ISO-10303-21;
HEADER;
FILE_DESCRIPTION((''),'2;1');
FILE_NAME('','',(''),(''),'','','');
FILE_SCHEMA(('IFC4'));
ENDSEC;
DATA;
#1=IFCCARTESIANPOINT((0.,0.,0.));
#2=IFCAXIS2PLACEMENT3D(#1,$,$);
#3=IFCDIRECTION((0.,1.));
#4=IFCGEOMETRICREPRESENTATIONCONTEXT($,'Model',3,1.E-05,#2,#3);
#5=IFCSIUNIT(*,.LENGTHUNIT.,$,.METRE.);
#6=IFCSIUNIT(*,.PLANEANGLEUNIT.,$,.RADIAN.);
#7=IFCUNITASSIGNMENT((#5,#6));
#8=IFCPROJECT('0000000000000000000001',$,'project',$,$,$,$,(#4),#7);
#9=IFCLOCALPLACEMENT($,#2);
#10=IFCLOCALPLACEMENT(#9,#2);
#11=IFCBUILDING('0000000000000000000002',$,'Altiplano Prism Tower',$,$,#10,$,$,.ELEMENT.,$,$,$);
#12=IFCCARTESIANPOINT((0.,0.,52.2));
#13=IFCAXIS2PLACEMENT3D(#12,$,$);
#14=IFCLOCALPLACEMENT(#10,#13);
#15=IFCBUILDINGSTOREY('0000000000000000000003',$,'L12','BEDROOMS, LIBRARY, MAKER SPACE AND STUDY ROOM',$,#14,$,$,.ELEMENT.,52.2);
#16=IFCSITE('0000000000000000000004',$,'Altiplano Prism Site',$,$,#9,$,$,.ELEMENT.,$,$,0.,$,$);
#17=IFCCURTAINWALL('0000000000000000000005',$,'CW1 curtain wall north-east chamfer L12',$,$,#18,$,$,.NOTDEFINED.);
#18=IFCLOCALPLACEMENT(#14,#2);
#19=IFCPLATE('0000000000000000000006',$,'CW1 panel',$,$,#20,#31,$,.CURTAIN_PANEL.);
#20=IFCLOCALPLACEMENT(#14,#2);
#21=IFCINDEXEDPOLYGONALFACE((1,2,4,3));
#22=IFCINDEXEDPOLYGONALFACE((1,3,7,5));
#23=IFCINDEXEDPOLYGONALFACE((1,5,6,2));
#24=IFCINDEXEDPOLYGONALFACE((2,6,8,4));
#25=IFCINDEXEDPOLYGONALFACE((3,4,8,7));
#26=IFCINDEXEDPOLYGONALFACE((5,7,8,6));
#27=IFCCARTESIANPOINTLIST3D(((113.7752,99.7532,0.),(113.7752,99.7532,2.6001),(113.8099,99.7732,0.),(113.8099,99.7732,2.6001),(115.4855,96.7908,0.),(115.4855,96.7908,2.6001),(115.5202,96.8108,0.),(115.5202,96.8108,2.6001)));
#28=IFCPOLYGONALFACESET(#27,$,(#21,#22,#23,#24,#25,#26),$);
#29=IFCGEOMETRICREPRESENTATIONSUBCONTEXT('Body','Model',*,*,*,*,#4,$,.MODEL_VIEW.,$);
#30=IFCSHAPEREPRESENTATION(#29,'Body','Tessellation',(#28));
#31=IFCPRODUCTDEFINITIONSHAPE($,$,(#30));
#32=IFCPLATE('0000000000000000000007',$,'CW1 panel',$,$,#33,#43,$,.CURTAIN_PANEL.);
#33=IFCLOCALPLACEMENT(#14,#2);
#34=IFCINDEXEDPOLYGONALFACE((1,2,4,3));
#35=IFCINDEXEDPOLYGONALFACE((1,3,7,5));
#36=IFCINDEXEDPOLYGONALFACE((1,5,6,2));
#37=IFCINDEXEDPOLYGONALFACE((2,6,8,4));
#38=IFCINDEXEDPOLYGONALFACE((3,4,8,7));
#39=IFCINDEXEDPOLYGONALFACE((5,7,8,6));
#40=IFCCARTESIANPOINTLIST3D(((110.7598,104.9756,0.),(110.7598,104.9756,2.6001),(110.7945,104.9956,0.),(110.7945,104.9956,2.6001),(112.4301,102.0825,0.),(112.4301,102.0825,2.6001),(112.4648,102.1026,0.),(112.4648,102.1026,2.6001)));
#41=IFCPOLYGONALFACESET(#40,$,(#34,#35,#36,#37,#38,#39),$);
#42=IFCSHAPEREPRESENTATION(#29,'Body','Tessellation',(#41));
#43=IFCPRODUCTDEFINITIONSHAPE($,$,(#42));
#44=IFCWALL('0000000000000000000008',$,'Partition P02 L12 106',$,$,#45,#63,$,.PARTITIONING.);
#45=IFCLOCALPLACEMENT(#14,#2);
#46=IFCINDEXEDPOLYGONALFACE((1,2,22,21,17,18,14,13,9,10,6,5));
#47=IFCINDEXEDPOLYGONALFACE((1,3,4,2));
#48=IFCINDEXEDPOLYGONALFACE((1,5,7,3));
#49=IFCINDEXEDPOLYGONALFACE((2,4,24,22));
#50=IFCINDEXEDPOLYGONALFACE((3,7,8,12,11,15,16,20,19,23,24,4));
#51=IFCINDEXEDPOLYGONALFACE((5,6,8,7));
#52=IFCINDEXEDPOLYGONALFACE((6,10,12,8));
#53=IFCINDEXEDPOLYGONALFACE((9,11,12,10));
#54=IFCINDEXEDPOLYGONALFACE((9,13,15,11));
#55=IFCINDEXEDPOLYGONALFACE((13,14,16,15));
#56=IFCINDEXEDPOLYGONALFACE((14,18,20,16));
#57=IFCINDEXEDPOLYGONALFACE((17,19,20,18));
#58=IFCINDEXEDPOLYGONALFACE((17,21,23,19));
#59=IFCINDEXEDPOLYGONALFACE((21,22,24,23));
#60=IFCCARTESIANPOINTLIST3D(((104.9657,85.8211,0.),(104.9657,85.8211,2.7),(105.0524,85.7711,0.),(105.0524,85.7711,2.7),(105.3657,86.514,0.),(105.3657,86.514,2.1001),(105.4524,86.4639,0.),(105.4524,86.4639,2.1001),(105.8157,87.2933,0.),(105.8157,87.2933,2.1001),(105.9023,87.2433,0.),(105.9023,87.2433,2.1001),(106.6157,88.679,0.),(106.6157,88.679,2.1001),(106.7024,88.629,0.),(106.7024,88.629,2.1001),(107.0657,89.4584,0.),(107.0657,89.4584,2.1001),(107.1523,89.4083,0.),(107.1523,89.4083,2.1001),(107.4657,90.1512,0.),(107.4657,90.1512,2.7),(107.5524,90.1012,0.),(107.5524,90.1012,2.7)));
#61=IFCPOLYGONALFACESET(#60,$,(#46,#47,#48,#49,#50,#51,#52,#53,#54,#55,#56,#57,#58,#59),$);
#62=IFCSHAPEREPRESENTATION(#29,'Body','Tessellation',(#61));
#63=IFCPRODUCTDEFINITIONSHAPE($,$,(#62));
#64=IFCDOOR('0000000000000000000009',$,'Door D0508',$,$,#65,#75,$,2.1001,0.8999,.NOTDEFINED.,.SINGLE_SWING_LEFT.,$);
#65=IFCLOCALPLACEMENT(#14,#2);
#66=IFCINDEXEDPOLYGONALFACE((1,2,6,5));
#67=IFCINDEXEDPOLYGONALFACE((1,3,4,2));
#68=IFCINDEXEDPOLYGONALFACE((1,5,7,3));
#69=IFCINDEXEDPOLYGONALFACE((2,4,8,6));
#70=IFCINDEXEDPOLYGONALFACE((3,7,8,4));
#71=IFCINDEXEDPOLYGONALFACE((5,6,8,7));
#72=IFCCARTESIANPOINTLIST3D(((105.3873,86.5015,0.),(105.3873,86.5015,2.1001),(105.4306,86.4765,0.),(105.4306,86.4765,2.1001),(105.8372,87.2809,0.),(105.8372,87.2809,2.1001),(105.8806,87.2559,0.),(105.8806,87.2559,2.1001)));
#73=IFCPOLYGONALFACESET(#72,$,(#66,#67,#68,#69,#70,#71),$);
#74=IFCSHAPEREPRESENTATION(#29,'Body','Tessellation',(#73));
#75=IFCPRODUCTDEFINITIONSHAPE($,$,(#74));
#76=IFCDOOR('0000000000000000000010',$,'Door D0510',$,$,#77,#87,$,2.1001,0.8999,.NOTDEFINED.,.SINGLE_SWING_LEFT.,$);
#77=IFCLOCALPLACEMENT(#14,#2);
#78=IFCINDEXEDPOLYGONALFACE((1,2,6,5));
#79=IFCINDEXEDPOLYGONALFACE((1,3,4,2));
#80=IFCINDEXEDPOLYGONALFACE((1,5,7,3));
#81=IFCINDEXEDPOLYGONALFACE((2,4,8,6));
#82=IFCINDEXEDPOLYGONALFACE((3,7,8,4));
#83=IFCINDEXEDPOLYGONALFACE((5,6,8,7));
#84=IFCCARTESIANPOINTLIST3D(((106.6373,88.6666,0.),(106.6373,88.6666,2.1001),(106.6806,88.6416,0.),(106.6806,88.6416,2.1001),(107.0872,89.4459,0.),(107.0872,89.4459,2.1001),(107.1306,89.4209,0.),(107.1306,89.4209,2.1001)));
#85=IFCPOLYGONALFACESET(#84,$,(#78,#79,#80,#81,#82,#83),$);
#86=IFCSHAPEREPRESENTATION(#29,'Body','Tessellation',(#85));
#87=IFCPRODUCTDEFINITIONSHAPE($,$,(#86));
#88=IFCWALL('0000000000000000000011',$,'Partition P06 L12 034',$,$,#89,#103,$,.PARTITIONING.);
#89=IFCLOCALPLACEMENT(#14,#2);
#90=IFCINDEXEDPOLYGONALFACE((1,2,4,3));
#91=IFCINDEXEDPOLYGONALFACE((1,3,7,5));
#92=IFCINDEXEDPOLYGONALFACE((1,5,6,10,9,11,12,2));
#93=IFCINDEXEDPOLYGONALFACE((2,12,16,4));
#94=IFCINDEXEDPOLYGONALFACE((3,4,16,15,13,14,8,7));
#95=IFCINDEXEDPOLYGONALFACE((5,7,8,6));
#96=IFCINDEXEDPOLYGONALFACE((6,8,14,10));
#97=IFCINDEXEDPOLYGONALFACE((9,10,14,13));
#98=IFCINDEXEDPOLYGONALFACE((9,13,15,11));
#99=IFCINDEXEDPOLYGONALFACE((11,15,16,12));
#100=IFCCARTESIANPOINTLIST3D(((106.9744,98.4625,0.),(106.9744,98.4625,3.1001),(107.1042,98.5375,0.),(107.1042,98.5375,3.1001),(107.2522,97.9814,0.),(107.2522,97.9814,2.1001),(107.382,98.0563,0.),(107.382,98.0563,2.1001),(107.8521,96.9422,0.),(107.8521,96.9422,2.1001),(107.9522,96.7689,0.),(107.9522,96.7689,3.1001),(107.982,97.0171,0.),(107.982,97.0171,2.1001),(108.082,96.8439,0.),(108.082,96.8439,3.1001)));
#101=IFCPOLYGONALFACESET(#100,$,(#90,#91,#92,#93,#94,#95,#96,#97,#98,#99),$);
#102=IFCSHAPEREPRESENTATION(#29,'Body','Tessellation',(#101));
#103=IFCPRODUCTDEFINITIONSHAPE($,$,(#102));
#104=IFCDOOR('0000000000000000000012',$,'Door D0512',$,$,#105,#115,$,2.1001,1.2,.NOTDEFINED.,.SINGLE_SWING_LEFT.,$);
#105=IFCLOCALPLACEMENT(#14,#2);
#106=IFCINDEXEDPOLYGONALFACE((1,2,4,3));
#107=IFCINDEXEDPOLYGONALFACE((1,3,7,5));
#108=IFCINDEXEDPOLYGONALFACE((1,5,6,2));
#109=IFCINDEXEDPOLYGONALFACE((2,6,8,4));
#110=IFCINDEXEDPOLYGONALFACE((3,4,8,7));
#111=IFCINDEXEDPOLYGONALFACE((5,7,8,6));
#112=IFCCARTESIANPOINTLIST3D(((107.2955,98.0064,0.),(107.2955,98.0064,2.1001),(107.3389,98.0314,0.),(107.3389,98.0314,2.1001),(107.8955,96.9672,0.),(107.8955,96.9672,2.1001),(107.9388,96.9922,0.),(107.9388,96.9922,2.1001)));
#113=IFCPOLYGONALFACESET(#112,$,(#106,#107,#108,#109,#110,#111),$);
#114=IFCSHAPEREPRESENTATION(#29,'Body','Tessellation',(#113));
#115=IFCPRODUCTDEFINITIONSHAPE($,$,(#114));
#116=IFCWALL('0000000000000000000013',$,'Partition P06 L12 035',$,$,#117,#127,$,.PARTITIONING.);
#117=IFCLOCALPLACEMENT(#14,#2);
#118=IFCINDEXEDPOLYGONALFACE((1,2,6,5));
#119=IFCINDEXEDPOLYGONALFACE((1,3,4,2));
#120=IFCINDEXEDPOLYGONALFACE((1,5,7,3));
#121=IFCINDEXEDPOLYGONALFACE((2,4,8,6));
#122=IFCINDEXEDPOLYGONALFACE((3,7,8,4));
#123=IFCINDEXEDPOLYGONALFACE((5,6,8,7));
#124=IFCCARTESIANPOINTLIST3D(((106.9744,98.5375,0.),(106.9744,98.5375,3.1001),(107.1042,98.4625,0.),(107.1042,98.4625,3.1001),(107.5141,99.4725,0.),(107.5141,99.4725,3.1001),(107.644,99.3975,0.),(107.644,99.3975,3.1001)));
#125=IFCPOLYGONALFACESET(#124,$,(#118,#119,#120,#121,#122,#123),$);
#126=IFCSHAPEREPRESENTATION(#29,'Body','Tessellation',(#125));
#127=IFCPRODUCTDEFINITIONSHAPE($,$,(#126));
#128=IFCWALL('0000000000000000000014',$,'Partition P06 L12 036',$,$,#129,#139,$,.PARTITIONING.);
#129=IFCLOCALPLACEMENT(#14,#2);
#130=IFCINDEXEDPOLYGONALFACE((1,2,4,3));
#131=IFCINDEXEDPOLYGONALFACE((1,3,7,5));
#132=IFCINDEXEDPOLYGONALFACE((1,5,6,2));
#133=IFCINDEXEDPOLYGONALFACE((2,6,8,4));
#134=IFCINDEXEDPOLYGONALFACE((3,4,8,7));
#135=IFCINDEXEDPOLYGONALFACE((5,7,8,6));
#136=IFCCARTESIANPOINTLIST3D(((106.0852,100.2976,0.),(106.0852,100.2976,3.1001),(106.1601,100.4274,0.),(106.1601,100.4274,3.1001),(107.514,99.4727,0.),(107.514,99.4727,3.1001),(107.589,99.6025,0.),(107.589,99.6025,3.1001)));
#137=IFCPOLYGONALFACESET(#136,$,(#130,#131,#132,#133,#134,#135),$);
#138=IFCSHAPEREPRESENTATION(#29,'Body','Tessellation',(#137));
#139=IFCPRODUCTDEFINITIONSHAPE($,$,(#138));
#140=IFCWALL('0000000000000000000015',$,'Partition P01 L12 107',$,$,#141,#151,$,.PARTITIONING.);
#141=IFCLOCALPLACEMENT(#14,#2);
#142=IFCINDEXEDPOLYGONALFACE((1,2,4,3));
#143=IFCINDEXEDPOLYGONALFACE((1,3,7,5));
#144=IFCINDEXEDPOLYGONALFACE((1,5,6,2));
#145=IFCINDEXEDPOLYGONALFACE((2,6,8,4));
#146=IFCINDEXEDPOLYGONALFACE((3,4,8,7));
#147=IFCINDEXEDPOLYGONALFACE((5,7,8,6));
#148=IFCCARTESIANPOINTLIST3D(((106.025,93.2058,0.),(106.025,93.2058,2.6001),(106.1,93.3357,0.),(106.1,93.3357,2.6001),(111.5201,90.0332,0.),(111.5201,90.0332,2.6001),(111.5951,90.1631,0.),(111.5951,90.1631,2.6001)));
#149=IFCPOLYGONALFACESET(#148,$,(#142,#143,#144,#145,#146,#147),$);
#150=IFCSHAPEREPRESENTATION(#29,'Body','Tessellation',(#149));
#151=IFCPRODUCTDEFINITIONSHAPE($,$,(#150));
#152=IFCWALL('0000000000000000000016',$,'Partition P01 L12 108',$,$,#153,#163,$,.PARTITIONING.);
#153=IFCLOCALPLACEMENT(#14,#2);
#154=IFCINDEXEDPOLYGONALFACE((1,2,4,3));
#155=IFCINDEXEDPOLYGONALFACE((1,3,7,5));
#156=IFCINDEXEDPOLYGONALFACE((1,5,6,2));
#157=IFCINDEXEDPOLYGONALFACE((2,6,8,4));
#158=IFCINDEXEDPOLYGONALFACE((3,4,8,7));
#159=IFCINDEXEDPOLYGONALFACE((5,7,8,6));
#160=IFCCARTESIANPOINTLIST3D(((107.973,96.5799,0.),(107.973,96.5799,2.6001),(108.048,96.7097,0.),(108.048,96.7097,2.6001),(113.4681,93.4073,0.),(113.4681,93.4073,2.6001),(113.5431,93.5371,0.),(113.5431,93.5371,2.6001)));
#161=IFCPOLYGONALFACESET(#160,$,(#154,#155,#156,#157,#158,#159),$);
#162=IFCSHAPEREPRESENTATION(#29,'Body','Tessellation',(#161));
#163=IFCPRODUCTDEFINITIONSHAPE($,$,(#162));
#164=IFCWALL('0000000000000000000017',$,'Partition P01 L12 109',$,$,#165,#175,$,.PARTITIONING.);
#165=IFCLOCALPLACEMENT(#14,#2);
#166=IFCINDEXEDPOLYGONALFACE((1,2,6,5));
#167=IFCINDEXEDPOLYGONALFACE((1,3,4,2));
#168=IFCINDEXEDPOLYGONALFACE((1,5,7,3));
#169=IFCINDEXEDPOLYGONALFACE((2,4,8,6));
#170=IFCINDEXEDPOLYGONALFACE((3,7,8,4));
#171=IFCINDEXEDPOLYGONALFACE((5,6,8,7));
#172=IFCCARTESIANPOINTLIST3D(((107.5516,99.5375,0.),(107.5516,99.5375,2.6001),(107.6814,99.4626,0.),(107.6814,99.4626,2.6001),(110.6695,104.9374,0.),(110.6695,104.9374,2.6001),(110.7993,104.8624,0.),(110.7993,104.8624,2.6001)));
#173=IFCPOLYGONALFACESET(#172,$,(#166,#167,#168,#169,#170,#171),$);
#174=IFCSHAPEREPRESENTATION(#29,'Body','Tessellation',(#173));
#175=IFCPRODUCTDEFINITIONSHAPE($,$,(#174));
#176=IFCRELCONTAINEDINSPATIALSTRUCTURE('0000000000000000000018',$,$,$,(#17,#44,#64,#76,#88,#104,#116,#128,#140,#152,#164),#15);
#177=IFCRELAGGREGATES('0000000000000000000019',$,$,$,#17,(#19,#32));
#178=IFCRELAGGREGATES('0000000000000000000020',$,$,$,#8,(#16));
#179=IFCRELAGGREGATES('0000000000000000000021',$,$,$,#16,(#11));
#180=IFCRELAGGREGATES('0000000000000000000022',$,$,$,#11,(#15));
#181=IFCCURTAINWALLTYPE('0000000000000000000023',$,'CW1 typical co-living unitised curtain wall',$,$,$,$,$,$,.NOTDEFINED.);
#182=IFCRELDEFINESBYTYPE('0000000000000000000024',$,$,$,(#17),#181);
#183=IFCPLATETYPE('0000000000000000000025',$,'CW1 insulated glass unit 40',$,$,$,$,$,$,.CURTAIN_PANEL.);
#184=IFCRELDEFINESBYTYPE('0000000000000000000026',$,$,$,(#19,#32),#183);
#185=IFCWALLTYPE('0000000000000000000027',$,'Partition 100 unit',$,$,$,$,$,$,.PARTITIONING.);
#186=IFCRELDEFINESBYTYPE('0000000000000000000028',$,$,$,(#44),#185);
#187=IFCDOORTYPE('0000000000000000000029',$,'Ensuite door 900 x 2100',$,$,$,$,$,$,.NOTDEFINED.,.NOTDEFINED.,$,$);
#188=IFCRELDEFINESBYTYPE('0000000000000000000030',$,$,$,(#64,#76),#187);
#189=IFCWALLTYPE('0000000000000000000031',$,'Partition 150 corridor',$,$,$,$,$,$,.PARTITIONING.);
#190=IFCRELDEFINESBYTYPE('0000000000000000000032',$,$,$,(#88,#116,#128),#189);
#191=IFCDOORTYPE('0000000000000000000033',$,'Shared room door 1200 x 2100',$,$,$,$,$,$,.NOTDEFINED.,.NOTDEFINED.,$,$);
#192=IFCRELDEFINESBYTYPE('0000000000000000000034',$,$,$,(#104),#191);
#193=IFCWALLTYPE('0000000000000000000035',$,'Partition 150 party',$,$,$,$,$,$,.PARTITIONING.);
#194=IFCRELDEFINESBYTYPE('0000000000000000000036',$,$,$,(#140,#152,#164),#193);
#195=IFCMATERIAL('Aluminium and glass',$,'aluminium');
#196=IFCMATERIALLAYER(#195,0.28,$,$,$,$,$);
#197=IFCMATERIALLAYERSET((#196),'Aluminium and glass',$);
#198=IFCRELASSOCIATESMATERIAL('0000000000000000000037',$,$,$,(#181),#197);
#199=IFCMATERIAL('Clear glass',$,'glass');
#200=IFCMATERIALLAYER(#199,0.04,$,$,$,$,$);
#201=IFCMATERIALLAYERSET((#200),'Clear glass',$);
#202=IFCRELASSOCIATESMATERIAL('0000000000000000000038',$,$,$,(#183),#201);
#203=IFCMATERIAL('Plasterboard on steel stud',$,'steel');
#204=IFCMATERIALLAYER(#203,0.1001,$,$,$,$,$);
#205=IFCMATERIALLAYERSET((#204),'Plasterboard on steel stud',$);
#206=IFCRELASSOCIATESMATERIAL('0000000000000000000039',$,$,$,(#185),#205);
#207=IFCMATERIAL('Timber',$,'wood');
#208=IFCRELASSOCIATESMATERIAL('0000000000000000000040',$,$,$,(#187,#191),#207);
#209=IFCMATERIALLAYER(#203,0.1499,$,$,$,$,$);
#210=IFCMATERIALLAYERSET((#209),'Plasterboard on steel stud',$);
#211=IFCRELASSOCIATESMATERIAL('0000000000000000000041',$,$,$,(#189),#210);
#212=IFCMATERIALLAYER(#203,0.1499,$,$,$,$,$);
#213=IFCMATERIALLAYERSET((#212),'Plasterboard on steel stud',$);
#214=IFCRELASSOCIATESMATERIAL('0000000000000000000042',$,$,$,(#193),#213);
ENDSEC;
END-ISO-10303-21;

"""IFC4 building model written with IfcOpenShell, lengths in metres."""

from ifc_helpers import new_model, si_unit, direction, frame, frame_2d, origin, origin_2d, place, context, subcontext, project, spatial, rectangle, extrude, material, layer, layer_set, type_object, element, fill, aggregate, save


model = new_model("IFC4")

# Units and contexts
model_context = context("Model", 3, precision=1e-05, world=origin(), true_north=direction((0.0, 1.0)))
body_context = subcontext(model_context, "Body", "Model", "MODEL_VIEW")
ifc_project = project(units=[si_unit("LENGTHUNIT", "METRE"), si_unit("PLANEANGLEUNIT", "RADIAN")], contexts=[model_context])

# Site, building, storey
site_placement = place(None, origin())
site = spatial("IfcSite", under=ifc_project, at=site_placement, Name="Altiplano Prism Site", CompositionType="ELEMENT", RefElevation=0.0)
building_placement = place(site_placement, origin())
building = spatial("IfcBuilding", under=site, at=building_placement, Name="Altiplano Prism Tower", CompositionType="ELEMENT")
storey_placement = place(building_placement, frame((0.0, 0.0, 52.2)))
storey = spatial("IfcBuildingStorey", under=building, at=storey_placement, Name="L12", Description="BEDROOMS, LIBRARY, MAKER SPACE AND STUDY ROOM", CompositionType="ELEMENT", Elevation=52.2)

# Curtain wall
ifc_material_1 = material(Name="Aluminium and glass", Category="aluminium")
ifc_layer_1 = layer(ifc_material_1, 0.28)
ifc_layer_set_1 = layer_set([ifc_layer_1], Name="Aluminium and glass")
curtain_wall_type = type_object("IfcCurtainWallType", Name="CW1 typical co-living unitised curtain wall", PredefinedType="NOTDEFINED", material=ifc_layer_set_1)
curtain_wall_1_placement = place(storey_placement, origin())
curtain_wall_1 = element("IfcCurtainWall", 1, at=curtain_wall_1_placement, inside=storey, type_object=curtain_wall_type, Name="CW1 curtain wall north-east chamfer L12", PredefinedType="NOTDEFINED")

# Plates
ifc_material_2 = material(Name="Clear glass", Category="glass")
ifc_layer_2 = layer(ifc_material_2, 0.04)
ifc_layer_set_2 = layer_set([ifc_layer_2], Name="Clear glass")
plate_type = type_object("IfcPlateType", Name="CW1 insulated glass unit 40", PredefinedType="CURTAIN_PANEL", material=ifc_layer_set_2)
plate_1_placement = place(storey_placement, frame((114.6477, 98.282, 0.0), z_axis=(0.0, 0.0, 1.0), x_axis=(-0.5, 0.866025, 0.0)))
plate_1 = element("IfcPlate", 2, at=plate_1_placement, type_object=plate_type, Name="CW1 panel", PredefinedType="CURTAIN_PANEL", context=body_context, shape_type="SweptSolid", body=[
    extrude(rectangle(XDim=3.4207, YDim=0.04, at=origin_2d()), origin(), (0.0, 0.0, 1.0), 2.6001),
])
plate_2_placement = place(storey_placement, frame((111.6123, 103.5391, 0.0), z_axis=(0.0, 0.0, 1.0), x_axis=(-0.5, 0.866025, 0.0)))
plate_2 = element("IfcPlate", 3, at=plate_2_placement, type_object=plate_type, Name="CW1 panel", PredefinedType="CURTAIN_PANEL", context=body_context, shape_type="SweptSolid", body=[
    extrude(rectangle(XDim=3.3406, YDim=0.04, at=origin_2d()), origin(), (0.0, 0.0, 1.0), 2.6001),
])
aggregate(curtain_wall_1, [plate_1, plate_2])

# Wall, openings, doors
ifc_material_3 = material(Name="Plasterboard on steel stud", Category="steel")
ifc_layer_3 = layer(ifc_material_3, 0.1001)
ifc_layer_set_3 = layer_set([ifc_layer_3], Name="Plasterboard on steel stud")
wall_type_1 = type_object("IfcWallType", Name="Partition 100 unit", PredefinedType="PARTITIONING", material=ifc_layer_set_3)
wall_1_placement = place(storey_placement, frame((107.509, 90.1262, 0.0), z_axis=(0.0, 0.0, 1.0), x_axis=(-0.500004, -0.866023, 0.0)))
wall_1 = element("IfcWall", 4, at=wall_1_placement, inside=storey, type_object=wall_type_1, Name="Partition P02 L12 106", PredefinedType="PARTITIONING", context=body_context, shape_type="SweptSolid", body=[
    extrude(rectangle(XDim=5.0, YDim=0.1001, at=frame_2d((2.5, 0.0))), origin(), (0.0, 0.0, 1.0), 2.7),
])
opening_1_placement = place(wall_1_placement, frame((3.3, 0.0, 0.0)))
opening_1 = element("IfcOpeningElement", 5, at=opening_1_placement, cuts=wall_1, PredefinedType="OPENING", context=body_context, shape_type="SweptSolid", body=[
    extrude(rectangle(XDim=0.8999, YDim=2.1001, at=frame_2d((0.45, 1.05))), frame((0.0, 0.0605, 0.0), z_axis=(0.0, -1.0, 0.0), x_axis=(1.0, 0.0, 0.0)), (0.0, 0.0, 1.0), 0.1211),
])
opening_2_placement = place(wall_1_placement, frame((0.8, 0.0, 0.0)))
opening_2 = element("IfcOpeningElement", 6, at=opening_2_placement, cuts=wall_1, PredefinedType="OPENING", context=body_context, shape_type="SweptSolid", body=[
    extrude(rectangle(XDim=0.8999, YDim=2.1001, at=frame_2d((0.45, 1.05))), frame((0.0, 0.0605, 0.0), z_axis=(0.0, -1.0, 0.0), x_axis=(1.0, 0.0, 0.0)), (0.0, 0.0, 1.0), 0.1211),
])
ifc_material_4 = material(Name="Timber", Category="wood")
door_type_1 = type_object("IfcDoorType", Name="Ensuite door 900 x 2100", OperationType="NOTDEFINED", PredefinedType="NOTDEFINED", material=ifc_material_4)
door_1_placement = place(opening_1_placement, origin())
door_1 = element("IfcDoor", 7, at=door_1_placement, inside=storey, type_object=door_type_1, Name="Door D0508", OperationType="SINGLE_SWING_LEFT", OverallHeight=2.1001, OverallWidth=0.8999, PredefinedType="NOTDEFINED", context=body_context, shape_type="SweptSolid", body=[
    extrude(rectangle(XDim=0.8999, YDim=2.1001, at=frame_2d((0.45, 1.05))), frame((0.0, 0.0249, 0.0), z_axis=(0.0, -1.0, 0.0), x_axis=(1.0, 0.0, 0.0)), (0.0, 0.0, 1.0), 0.05),
])
fill(opening_1, door_1)
door_2_placement = place(opening_2_placement, origin())
door_2 = element("IfcDoor", 8, at=door_2_placement, inside=storey, type_object=door_type_1, Name="Door D0510", OperationType="SINGLE_SWING_LEFT", OverallHeight=2.1001, OverallWidth=0.8999, PredefinedType="NOTDEFINED", context=body_context, shape_type="SweptSolid", body=[
    extrude(rectangle(XDim=0.8999, YDim=2.1001, at=frame_2d((0.45, 1.05))), frame((0.0, 0.0249, 0.0), z_axis=(0.0, -1.0, 0.0), x_axis=(1.0, 0.0, 0.0)), (0.0, 0.0, 1.0), 0.05),
])
fill(opening_2, door_2)

# Wall, opening, door
ifc_layer_4 = layer(ifc_material_3, 0.1499)
ifc_layer_set_4 = layer_set([ifc_layer_4], Name="Plasterboard on steel stud")
wall_type_2 = type_object("IfcWallType", Name="Partition 150 corridor", PredefinedType="PARTITIONING", material=ifc_layer_set_4)
wall_2_placement = place(storey_placement, frame((108.0171, 96.8064, 0.0), z_axis=(0.0, 0.0, 1.0), x_axis=(-0.499993, 0.86603, 0.0)))
wall_2 = element("IfcWall", 9, at=wall_2_placement, inside=storey, type_object=wall_type_2, Name="Partition P06 L12 034", PredefinedType="PARTITIONING", context=body_context, shape_type="SweptSolid", body=[
    extrude(rectangle(XDim=1.9556, YDim=0.1499, at=frame_2d((0.9778, 0.0))), origin(), (0.0, 0.0, 1.0), 3.1001),
])
opening_3_placement = place(wall_2_placement, frame((0.2, 0.0, 0.0)))
opening_3 = element("IfcOpeningElement", 10, at=opening_3_placement, cuts=wall_2, PredefinedType="OPENING", context=body_context, shape_type="SweptSolid", body=[
    extrude(rectangle(XDim=1.2, YDim=2.1001, at=frame_2d((0.6001, 1.05))), frame((0.0, 0.0854, 0.0), z_axis=(0.0, -1.0, 0.0), x_axis=(1.0, 0.0, 0.0)), (0.0, 0.0, 1.0), 0.1709),
])
door_type_2 = type_object("IfcDoorType", Name="Shared room door 1200 x 2100", OperationType="NOTDEFINED", PredefinedType="NOTDEFINED", material=ifc_material_4)
door_3_placement = place(opening_3_placement, origin())
door_3 = element("IfcDoor", 11, at=door_3_placement, inside=storey, type_object=door_type_2, Name="Door D0512", OperationType="SINGLE_SWING_LEFT", OverallHeight=2.1001, OverallWidth=1.2, PredefinedType="NOTDEFINED", context=body_context, shape_type="SweptSolid", body=[
    extrude(rectangle(XDim=1.2, YDim=2.1001, at=frame_2d((0.6001, 1.05))), frame((0.0, 0.0249, 0.0), z_axis=(0.0, -1.0, 0.0), x_axis=(1.0, 0.0, 0.0)), (0.0, 0.0, 1.0), 0.05),
])
fill(opening_3, door_3)

# Walls
wall_3_placement = place(storey_placement, frame((107.0393, 98.5, 0.0), z_axis=(0.0, 0.0, 1.0), x_axis=(0.499957, 0.86605, 0.0)))
element("IfcWall", 12, at=wall_3_placement, inside=storey, type_object=wall_type_2, Name="Partition P06 L12 035", PredefinedType="PARTITIONING", context=body_context, shape_type="SweptSolid", body=[
    extrude(rectangle(XDim=1.0796, YDim=0.1499, at=frame_2d((0.5398, 0.0))), origin(), (0.0, 0.0, 1.0), 3.1001),
])
wall_4_placement = place(storey_placement, frame((107.5515, 99.5376, 0.0), z_axis=(0.0, 0.0, 1.0), x_axis=(-0.86604, 0.499974, 0.0)))
element("IfcWall", 13, at=wall_4_placement, inside=storey, type_object=wall_type_2, Name="Partition P06 L12 036", PredefinedType="PARTITIONING", context=body_context, shape_type="SweptSolid", body=[
    extrude(rectangle(XDim=1.6499, YDim=0.1499, at=frame_2d((0.825, 0.0))), origin(), (0.0, 0.0, 1.0), 3.1001),
])
ifc_layer_5 = layer(ifc_material_3, 0.1499)
ifc_layer_set_5 = layer_set([ifc_layer_5], Name="Plasterboard on steel stud")
wall_type_3 = type_object("IfcWallType", Name="Partition 150 party", PredefinedType="PARTITIONING", material=ifc_layer_set_5)
for number, where, z_axis, x_axis, name in (
    (14, (111.5576, 90.0981, 0.0), (0.0, 0.0, 1.0), (-0.866025, 0.5, 0.0), "Partition P01 L12 107"),
    (15, (113.5056, 93.4722, 0.0), (0.0, 0.0, 1.0), (-0.866025, 0.5, 0.0), "Partition P01 L12 108"),
):
    element("IfcWall", number, at=place(storey_placement, frame(where, z_axis=z_axis, x_axis=x_axis)), inside=storey, type_object=wall_type_3, Name=name, PredefinedType="PARTITIONING", context=body_context, shape_type="SweptSolid", body=[
        extrude(rectangle(XDim=6.3452, YDim=0.1499, at=frame_2d((3.1726, 0.0))), origin(), (0.0, 0.0, 1.0), 2.6001),
    ])
wall_5_placement = place(storey_placement, frame((110.7344, 104.8999, 0.0), z_axis=(0.0, 0.0, 1.0), x_axis=(-0.500034, -0.866006, 0.0)))
element("IfcWall", 16, at=wall_5_placement, inside=storey, type_object=wall_type_3, Name="Partition P01 L12 109", PredefinedType="PARTITIONING", context=body_context, shape_type="SweptSolid", body=[
    extrude(rectangle(XDim=6.2354, YDim=0.1499, at=frame_2d((3.1177, 0.0))), origin(), (0.0, 0.0, 1.0), 2.6001),
])

save(model, "model.ifc")
